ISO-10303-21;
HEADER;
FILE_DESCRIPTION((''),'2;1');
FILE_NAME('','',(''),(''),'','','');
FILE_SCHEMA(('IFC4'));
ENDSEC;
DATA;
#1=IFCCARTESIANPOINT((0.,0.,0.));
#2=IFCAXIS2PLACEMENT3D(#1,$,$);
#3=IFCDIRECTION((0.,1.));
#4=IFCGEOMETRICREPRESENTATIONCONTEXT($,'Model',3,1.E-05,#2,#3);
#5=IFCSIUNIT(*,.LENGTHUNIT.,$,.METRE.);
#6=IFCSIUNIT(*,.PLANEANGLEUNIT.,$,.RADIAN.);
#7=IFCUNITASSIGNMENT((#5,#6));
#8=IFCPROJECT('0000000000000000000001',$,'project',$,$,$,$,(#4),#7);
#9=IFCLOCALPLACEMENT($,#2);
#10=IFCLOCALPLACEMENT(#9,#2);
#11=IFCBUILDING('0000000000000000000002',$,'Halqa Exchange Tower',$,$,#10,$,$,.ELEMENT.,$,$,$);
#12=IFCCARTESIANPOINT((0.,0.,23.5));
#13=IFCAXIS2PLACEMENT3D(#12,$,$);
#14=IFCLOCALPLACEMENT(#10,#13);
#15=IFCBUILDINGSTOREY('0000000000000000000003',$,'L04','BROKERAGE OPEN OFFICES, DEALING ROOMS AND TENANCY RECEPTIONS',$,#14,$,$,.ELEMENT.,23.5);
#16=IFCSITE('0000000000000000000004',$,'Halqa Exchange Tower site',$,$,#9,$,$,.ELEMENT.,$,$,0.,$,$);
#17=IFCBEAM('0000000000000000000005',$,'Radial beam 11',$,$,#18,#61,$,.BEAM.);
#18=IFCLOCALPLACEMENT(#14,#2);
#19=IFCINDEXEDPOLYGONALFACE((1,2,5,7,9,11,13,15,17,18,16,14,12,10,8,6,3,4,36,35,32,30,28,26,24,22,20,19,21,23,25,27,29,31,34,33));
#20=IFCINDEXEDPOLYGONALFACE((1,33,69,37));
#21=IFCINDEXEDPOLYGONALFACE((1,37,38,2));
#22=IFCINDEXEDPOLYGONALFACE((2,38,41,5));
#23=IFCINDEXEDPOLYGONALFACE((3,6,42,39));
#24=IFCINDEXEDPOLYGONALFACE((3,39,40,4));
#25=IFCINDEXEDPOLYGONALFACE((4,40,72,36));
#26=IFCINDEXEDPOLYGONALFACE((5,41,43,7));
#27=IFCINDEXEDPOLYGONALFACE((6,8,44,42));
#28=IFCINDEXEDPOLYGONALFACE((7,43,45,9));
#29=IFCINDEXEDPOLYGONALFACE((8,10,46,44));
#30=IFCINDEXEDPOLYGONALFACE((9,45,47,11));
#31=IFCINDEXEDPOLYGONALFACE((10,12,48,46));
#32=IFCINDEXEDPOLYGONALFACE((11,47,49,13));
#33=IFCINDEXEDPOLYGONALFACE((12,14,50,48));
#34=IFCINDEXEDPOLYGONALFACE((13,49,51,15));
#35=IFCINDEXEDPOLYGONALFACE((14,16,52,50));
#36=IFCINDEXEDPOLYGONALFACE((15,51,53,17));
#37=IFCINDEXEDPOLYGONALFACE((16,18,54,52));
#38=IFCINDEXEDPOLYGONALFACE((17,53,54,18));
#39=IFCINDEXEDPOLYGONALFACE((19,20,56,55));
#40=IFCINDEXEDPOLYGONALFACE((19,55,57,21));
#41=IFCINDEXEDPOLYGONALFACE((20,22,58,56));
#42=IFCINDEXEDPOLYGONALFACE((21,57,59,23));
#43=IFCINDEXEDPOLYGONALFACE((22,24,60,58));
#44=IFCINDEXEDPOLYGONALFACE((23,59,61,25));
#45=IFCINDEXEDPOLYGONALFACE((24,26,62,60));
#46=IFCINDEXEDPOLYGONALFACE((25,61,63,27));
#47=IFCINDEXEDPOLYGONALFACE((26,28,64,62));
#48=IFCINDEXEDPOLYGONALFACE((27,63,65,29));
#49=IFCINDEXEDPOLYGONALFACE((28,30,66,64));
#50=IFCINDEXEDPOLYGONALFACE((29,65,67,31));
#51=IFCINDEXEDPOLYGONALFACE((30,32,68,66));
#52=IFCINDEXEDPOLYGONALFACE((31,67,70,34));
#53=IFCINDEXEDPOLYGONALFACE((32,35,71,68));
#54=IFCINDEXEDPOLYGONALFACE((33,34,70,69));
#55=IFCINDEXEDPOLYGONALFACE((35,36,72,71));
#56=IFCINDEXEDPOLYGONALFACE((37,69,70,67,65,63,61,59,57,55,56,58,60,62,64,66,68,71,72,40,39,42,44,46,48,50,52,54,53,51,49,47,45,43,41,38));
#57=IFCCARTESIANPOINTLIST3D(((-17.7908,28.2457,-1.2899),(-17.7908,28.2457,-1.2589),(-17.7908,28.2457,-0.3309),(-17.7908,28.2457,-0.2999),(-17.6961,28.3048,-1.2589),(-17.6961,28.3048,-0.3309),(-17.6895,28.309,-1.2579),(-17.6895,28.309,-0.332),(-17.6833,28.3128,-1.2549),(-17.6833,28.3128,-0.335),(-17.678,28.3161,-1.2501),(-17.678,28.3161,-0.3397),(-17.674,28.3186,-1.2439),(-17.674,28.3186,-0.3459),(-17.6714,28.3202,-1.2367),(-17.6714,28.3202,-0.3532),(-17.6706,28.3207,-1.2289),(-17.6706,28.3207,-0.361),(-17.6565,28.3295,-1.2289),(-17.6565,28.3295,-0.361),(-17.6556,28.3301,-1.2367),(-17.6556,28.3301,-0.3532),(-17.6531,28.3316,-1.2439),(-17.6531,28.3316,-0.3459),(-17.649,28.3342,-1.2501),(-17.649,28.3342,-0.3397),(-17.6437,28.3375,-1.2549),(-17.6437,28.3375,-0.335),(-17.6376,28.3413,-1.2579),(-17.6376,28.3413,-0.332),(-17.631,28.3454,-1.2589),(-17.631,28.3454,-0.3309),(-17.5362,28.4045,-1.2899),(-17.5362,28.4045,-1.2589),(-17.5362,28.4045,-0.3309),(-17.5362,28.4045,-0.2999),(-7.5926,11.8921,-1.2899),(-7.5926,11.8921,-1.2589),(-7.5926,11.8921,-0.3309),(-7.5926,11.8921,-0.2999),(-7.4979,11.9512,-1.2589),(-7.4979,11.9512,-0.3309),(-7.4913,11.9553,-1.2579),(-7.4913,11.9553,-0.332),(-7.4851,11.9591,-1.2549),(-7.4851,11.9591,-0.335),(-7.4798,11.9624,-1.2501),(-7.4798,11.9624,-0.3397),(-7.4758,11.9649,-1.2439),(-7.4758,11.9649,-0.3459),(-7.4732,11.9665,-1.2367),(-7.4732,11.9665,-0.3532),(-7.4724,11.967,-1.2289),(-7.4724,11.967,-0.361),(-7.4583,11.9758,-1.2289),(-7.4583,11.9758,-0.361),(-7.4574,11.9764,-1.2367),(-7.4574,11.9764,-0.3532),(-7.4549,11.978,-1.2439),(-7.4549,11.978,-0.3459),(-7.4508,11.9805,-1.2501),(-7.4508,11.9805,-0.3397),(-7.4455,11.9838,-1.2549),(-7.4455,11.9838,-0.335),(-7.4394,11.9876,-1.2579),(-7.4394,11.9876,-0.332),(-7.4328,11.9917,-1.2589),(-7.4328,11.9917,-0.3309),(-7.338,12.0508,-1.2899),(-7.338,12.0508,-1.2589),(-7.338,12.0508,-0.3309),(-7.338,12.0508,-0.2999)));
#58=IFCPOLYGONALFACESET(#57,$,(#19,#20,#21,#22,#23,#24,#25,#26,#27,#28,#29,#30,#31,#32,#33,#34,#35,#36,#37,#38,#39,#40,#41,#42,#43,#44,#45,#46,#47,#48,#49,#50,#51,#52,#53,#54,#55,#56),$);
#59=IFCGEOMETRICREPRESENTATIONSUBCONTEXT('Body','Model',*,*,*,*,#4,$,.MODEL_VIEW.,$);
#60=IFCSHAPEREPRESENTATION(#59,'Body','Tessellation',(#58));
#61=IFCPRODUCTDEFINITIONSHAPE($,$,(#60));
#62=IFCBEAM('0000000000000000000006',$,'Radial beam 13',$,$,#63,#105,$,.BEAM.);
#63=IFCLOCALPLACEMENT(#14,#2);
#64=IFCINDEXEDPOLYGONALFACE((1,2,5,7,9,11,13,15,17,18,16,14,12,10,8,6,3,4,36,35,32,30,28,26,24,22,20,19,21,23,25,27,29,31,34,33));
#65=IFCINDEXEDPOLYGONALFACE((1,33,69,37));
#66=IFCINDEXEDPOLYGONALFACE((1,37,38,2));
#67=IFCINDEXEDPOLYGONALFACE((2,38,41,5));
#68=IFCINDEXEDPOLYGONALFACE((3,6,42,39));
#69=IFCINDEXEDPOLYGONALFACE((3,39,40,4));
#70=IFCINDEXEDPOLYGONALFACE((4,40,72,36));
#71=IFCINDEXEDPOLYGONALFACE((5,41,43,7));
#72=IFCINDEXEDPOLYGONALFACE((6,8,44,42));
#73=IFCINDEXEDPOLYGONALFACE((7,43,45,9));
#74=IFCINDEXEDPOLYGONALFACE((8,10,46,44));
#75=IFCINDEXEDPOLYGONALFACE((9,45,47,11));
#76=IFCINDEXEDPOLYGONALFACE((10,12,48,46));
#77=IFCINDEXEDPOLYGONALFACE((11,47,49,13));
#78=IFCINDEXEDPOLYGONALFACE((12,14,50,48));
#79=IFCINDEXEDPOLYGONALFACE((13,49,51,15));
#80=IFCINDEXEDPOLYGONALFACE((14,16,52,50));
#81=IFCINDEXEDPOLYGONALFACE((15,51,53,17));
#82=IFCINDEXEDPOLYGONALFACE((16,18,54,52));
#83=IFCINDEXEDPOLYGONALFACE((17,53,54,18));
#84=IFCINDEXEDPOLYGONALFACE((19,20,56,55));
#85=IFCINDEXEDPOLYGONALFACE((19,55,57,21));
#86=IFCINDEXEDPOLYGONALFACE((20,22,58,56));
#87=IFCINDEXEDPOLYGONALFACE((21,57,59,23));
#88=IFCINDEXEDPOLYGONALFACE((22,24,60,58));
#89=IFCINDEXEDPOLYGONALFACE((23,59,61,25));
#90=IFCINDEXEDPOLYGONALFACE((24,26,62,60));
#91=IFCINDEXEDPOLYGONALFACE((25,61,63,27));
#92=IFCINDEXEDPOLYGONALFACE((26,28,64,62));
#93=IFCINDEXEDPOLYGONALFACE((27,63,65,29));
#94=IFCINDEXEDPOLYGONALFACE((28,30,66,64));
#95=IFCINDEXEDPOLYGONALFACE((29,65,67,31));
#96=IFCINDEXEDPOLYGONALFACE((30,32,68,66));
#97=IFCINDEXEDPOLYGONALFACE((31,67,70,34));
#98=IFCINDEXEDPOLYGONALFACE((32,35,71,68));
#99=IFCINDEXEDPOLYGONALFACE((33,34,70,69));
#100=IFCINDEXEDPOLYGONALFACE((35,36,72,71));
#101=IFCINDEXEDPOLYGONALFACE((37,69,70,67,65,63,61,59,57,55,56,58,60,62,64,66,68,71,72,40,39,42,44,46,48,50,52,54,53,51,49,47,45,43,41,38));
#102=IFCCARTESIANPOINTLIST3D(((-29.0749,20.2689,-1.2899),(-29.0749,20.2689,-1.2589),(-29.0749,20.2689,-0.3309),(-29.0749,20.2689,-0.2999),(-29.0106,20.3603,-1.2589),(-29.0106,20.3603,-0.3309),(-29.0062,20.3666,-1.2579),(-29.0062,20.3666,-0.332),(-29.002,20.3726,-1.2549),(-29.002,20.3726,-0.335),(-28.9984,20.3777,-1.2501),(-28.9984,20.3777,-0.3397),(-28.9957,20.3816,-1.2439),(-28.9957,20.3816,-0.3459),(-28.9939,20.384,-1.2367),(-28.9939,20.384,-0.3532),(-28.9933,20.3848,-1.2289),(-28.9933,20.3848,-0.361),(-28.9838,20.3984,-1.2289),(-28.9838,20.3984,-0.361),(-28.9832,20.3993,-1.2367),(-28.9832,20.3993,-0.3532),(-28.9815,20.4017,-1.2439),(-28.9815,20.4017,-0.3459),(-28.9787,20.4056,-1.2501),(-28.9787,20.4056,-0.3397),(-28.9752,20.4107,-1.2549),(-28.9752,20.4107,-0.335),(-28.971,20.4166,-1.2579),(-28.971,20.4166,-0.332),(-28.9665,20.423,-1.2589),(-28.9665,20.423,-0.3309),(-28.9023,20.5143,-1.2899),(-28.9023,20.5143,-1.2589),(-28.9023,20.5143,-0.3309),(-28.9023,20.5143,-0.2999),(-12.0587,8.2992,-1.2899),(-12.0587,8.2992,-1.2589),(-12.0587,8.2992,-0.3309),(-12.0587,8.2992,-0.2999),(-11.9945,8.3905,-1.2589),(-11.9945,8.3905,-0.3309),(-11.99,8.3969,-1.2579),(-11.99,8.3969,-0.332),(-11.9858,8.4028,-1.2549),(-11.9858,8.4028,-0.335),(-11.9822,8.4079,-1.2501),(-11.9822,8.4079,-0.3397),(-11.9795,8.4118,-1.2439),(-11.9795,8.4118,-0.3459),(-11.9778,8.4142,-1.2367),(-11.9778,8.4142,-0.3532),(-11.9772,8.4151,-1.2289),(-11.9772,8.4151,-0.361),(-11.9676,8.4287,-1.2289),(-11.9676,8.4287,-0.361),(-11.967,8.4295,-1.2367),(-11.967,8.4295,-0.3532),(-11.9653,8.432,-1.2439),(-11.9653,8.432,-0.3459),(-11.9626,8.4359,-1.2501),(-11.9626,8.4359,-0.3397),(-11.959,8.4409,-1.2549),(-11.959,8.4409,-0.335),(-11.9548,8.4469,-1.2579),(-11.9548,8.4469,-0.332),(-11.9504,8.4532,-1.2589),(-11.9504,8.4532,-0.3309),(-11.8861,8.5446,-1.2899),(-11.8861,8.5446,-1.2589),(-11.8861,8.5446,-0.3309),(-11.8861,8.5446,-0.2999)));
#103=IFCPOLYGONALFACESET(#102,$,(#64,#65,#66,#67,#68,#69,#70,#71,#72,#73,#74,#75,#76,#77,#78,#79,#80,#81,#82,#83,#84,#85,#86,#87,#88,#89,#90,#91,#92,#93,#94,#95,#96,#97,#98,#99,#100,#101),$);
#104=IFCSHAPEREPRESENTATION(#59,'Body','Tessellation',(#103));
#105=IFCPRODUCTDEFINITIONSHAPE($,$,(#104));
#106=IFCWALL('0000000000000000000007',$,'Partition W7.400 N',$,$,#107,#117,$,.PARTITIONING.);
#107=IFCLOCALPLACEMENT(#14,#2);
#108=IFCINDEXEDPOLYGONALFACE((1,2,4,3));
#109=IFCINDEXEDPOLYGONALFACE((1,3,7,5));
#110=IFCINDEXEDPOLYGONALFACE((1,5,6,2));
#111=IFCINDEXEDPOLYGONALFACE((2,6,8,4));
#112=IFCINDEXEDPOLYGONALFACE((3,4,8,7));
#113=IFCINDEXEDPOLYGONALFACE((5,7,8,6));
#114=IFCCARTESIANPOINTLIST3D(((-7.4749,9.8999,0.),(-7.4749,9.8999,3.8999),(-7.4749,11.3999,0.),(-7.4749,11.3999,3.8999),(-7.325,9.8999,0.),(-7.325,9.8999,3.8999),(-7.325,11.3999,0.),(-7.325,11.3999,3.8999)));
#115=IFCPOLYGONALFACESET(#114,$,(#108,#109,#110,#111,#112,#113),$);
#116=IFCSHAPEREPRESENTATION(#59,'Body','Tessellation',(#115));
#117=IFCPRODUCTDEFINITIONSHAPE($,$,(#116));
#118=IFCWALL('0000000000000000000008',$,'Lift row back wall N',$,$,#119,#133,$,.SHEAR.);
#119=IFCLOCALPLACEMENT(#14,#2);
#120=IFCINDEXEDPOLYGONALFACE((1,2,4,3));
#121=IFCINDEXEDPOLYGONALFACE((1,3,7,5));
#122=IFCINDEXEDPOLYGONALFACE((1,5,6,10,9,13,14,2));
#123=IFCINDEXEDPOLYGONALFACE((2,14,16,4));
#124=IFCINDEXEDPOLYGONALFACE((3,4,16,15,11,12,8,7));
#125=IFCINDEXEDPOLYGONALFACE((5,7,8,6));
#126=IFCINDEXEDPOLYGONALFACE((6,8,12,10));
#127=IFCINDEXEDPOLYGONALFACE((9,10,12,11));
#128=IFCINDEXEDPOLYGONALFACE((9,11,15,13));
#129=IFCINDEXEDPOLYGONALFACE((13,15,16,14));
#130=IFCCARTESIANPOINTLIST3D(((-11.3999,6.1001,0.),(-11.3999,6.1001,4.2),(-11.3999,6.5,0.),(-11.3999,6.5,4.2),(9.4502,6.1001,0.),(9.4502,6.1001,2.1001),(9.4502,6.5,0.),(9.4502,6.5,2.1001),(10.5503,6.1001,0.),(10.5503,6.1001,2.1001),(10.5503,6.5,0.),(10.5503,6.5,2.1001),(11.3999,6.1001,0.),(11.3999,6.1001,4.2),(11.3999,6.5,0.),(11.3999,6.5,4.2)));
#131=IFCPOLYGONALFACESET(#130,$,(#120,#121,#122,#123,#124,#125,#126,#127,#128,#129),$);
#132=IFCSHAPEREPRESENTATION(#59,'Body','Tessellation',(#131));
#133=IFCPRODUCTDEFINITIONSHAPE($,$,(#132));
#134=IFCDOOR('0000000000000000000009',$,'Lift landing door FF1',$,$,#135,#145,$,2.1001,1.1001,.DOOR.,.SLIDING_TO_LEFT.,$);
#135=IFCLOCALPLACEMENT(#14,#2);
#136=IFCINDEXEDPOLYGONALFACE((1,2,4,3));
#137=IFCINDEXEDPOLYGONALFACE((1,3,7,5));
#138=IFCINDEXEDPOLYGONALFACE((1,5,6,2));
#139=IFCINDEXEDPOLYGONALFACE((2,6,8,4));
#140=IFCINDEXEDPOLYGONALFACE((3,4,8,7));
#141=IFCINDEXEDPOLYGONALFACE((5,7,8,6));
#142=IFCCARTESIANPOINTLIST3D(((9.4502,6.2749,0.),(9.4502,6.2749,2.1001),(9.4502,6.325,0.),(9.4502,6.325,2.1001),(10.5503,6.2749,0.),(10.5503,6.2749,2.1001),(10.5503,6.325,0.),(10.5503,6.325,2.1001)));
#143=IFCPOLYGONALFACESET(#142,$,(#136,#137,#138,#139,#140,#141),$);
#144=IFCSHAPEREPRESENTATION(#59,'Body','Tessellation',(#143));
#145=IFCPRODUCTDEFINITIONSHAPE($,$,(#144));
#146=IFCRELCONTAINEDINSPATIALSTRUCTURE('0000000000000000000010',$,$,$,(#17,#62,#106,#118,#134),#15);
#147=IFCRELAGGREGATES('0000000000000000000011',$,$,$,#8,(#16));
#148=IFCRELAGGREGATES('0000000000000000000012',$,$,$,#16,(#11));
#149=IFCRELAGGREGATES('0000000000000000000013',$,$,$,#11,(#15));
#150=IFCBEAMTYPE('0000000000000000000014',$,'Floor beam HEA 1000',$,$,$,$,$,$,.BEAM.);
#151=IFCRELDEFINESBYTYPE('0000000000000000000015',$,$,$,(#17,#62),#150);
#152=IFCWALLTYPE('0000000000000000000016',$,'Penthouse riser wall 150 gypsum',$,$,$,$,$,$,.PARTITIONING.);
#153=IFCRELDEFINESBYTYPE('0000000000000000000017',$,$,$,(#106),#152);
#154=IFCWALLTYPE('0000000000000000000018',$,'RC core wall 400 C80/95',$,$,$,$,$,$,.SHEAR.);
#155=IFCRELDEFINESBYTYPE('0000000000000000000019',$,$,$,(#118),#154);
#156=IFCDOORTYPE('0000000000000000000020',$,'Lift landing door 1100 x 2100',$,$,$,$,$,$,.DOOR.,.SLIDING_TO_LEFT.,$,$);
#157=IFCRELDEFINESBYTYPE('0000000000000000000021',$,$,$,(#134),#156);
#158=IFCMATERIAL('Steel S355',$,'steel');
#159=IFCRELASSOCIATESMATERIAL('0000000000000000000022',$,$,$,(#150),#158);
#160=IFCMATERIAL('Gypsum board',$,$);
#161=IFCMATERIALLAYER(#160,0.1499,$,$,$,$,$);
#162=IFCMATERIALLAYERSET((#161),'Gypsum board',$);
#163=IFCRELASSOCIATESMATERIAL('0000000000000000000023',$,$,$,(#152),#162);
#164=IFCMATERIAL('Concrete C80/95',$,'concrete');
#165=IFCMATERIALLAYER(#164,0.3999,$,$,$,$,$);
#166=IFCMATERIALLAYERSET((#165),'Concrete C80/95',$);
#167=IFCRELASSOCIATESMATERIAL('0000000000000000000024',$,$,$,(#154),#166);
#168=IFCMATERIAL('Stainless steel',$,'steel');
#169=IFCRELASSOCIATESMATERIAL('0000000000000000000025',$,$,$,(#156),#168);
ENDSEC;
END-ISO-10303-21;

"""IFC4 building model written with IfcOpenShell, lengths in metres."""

from ifc_helpers import new_model, si_unit, direction, frame, frame_2d, origin, origin_2d, place, context, subcontext, project, spatial, rectangle, i_section, extrude, material, layer, layer_set, material_profile, profile_set, type_object, element, fill, save


model = new_model("IFC4")

# Units and contexts
model_context = context("Model", 3, precision=1e-05, world=origin(), true_north=direction((0.0, 1.0)))
body_context = subcontext(model_context, "Body", "Model", "MODEL_VIEW")
ifc_project = project(units=[si_unit("LENGTHUNIT", "METRE"), si_unit("PLANEANGLEUNIT", "RADIAN")], contexts=[model_context])

# Site, building, storey
site_placement = place(None, origin())
site = spatial("IfcSite", under=ifc_project, at=site_placement, Name="Halqa Exchange Tower site", CompositionType="ELEMENT", RefElevation=0.0)
building_placement = place(site_placement, origin())
building = spatial("IfcBuilding", under=site, at=building_placement, Name="Halqa Exchange Tower", CompositionType="ELEMENT")
storey_placement = place(building_placement, frame((0.0, 0.0, 23.5)))
storey = spatial("IfcBuildingStorey", under=building, at=storey_placement, Name="L04", Description="BROKERAGE OPEN OFFICES, DEALING ROOMS AND TENANCY RECEPTIONS", CompositionType="ELEMENT", Elevation=23.5)

# Beams
ifc_material_1 = material(Name="Steel S355", Category="steel")
ifc_material_profile = material_profile(ifc_material_1, i_section(OverallWidth=0.3, OverallDepth=0.99, WebThickness=0.0166, FlangeThickness=0.031, FilletRadius=0.03, at=origin_2d()), Name="HEA 1000")
ifc_profile_set = profile_set([ifc_material_profile], Name="Steel S355")
beam_type = type_object("IfcBeamType", Name="Floor beam HEA 1000", PredefinedType="BEAM", material=ifc_profile_set)
beam_1_placement = place(storey_placement, frame((-7.4653, 11.9714, -0.7949), z_axis=(-0.529146, 0.848531, 0.0), x_axis=(-0.848531, -0.529146, 0.0)))
element("IfcBeam", 1, at=beam_1_placement, inside=storey, type_object=beam_type, Name="Radial beam 11", PredefinedType="BEAM", context=body_context, shape_type="SweptSolid", body=[
    extrude(i_section(OverallWidth=0.3, OverallDepth=0.99, WebThickness=0.0166, FlangeThickness=0.031, FilletRadius=0.03, at=origin_2d()), origin(), (0.0, 0.0, 1.0), 19.2729),
])
beam_2_placement = place(storey_placement, frame((-11.9724, 8.4219, -0.7949), z_axis=(-0.81791, 0.575346, 0.0), x_axis=(-0.575346, -0.81791, 0.0)))
element("IfcBeam", 2, at=beam_2_placement, inside=storey, type_object=beam_type, Name="Radial beam 13", PredefinedType="BEAM", context=body_context, shape_type="SweptSolid", body=[
    extrude(i_section(OverallWidth=0.3, OverallDepth=0.99, WebThickness=0.0166, FlangeThickness=0.031, FilletRadius=0.03, at=origin_2d()), origin(), (0.0, 0.0, 1.0), 20.8044),
])

# Wall
ifc_material_2 = material(Name="Gypsum board")
ifc_layer_1 = layer(ifc_material_2, 0.1499)
ifc_layer_set_1 = layer_set([ifc_layer_1], Name="Gypsum board")
wall_type_1 = type_object("IfcWallType", Name="Penthouse riser wall 150 gypsum", PredefinedType="PARTITIONING", material=ifc_layer_set_1)
wall_1_placement = place(storey_placement, frame((-7.3999, 9.8999, 0.0), z_axis=(0.0, 0.0, 1.0), x_axis=(0.0, 1.0, 0.0)))
element("IfcWall", 3, at=wall_1_placement, inside=storey, type_object=wall_type_1, Name="Partition W7.400 N", PredefinedType="PARTITIONING", context=body_context, shape_type="SweptSolid", body=[
    extrude(rectangle(XDim=1.5, YDim=0.1499, at=frame_2d((0.75, 0.0))), origin(), (0.0, 0.0, 1.0), 3.8999),
])

# Wall, opening, door
ifc_material_3 = material(Name="Concrete C80/95", Category="concrete")
ifc_layer_2 = layer(ifc_material_3, 0.3999)
ifc_layer_set_2 = layer_set([ifc_layer_2], Name="Concrete C80/95")
wall_type_2 = type_object("IfcWallType", Name="RC core wall 400 C80/95", PredefinedType="SHEAR", material=ifc_layer_set_2)
wall_2_placement = place(storey_placement, frame((-11.3999, 6.3, 0.0), z_axis=(0.0, 0.0, 1.0), x_axis=(1.0, 0.0, 0.0)))
wall_2 = element("IfcWall", 4, at=wall_2_placement, inside=storey, type_object=wall_type_2, Name="Lift row back wall N", PredefinedType="SHEAR", context=body_context, shape_type="SweptSolid", body=[
    extrude(rectangle(XDim=22.7998, YDim=0.3999, at=frame_2d((11.3999, 0.0))), origin(), (0.0, 0.0, 1.0), 4.2),
])
opening_1_placement = place(wall_2_placement, frame((20.8501, 0.0, 0.0)))
opening_1 = element("IfcOpeningElement", 5, at=opening_1_placement, cuts=wall_2, PredefinedType="OPENING", context=body_context, shape_type="SweptSolid", body=[
    extrude(rectangle(XDim=1.1001, YDim=2.1001, at=frame_2d((0.55, 1.05))), frame((0.0, 0.2119, 0.0), z_axis=(0.0, -1.0, 0.0), x_axis=(1.0, 0.0, 0.0)), (0.0, 0.0, 1.0), 0.4238),
])
ifc_material_4 = material(Name="Stainless steel", Category="steel")
door_type_1 = type_object("IfcDoorType", Name="Lift landing door 1100 x 2100", OperationType="SLIDING_TO_LEFT", PredefinedType="DOOR", material=ifc_material_4)
door_1_placement = place(opening_1_placement, origin())
door_1 = element("IfcDoor", 6, at=door_1_placement, inside=storey, type_object=door_type_1, Name="Lift landing door FF1", OperationType="SLIDING_TO_LEFT", OverallHeight=2.1001, OverallWidth=1.1001, PredefinedType="DOOR", context=body_context, shape_type="SweptSolid", body=[
    extrude(rectangle(XDim=1.1001, YDim=2.1001, at=frame_2d((0.55, 1.05))), frame((0.0, 0.0249, 0.0), z_axis=(0.0, -1.0, 0.0), x_axis=(1.0, 0.0, 0.0)), (0.0, 0.0, 1.0), 0.05),
])
fill(opening_1, door_1)

save(model, "model.ifc")
